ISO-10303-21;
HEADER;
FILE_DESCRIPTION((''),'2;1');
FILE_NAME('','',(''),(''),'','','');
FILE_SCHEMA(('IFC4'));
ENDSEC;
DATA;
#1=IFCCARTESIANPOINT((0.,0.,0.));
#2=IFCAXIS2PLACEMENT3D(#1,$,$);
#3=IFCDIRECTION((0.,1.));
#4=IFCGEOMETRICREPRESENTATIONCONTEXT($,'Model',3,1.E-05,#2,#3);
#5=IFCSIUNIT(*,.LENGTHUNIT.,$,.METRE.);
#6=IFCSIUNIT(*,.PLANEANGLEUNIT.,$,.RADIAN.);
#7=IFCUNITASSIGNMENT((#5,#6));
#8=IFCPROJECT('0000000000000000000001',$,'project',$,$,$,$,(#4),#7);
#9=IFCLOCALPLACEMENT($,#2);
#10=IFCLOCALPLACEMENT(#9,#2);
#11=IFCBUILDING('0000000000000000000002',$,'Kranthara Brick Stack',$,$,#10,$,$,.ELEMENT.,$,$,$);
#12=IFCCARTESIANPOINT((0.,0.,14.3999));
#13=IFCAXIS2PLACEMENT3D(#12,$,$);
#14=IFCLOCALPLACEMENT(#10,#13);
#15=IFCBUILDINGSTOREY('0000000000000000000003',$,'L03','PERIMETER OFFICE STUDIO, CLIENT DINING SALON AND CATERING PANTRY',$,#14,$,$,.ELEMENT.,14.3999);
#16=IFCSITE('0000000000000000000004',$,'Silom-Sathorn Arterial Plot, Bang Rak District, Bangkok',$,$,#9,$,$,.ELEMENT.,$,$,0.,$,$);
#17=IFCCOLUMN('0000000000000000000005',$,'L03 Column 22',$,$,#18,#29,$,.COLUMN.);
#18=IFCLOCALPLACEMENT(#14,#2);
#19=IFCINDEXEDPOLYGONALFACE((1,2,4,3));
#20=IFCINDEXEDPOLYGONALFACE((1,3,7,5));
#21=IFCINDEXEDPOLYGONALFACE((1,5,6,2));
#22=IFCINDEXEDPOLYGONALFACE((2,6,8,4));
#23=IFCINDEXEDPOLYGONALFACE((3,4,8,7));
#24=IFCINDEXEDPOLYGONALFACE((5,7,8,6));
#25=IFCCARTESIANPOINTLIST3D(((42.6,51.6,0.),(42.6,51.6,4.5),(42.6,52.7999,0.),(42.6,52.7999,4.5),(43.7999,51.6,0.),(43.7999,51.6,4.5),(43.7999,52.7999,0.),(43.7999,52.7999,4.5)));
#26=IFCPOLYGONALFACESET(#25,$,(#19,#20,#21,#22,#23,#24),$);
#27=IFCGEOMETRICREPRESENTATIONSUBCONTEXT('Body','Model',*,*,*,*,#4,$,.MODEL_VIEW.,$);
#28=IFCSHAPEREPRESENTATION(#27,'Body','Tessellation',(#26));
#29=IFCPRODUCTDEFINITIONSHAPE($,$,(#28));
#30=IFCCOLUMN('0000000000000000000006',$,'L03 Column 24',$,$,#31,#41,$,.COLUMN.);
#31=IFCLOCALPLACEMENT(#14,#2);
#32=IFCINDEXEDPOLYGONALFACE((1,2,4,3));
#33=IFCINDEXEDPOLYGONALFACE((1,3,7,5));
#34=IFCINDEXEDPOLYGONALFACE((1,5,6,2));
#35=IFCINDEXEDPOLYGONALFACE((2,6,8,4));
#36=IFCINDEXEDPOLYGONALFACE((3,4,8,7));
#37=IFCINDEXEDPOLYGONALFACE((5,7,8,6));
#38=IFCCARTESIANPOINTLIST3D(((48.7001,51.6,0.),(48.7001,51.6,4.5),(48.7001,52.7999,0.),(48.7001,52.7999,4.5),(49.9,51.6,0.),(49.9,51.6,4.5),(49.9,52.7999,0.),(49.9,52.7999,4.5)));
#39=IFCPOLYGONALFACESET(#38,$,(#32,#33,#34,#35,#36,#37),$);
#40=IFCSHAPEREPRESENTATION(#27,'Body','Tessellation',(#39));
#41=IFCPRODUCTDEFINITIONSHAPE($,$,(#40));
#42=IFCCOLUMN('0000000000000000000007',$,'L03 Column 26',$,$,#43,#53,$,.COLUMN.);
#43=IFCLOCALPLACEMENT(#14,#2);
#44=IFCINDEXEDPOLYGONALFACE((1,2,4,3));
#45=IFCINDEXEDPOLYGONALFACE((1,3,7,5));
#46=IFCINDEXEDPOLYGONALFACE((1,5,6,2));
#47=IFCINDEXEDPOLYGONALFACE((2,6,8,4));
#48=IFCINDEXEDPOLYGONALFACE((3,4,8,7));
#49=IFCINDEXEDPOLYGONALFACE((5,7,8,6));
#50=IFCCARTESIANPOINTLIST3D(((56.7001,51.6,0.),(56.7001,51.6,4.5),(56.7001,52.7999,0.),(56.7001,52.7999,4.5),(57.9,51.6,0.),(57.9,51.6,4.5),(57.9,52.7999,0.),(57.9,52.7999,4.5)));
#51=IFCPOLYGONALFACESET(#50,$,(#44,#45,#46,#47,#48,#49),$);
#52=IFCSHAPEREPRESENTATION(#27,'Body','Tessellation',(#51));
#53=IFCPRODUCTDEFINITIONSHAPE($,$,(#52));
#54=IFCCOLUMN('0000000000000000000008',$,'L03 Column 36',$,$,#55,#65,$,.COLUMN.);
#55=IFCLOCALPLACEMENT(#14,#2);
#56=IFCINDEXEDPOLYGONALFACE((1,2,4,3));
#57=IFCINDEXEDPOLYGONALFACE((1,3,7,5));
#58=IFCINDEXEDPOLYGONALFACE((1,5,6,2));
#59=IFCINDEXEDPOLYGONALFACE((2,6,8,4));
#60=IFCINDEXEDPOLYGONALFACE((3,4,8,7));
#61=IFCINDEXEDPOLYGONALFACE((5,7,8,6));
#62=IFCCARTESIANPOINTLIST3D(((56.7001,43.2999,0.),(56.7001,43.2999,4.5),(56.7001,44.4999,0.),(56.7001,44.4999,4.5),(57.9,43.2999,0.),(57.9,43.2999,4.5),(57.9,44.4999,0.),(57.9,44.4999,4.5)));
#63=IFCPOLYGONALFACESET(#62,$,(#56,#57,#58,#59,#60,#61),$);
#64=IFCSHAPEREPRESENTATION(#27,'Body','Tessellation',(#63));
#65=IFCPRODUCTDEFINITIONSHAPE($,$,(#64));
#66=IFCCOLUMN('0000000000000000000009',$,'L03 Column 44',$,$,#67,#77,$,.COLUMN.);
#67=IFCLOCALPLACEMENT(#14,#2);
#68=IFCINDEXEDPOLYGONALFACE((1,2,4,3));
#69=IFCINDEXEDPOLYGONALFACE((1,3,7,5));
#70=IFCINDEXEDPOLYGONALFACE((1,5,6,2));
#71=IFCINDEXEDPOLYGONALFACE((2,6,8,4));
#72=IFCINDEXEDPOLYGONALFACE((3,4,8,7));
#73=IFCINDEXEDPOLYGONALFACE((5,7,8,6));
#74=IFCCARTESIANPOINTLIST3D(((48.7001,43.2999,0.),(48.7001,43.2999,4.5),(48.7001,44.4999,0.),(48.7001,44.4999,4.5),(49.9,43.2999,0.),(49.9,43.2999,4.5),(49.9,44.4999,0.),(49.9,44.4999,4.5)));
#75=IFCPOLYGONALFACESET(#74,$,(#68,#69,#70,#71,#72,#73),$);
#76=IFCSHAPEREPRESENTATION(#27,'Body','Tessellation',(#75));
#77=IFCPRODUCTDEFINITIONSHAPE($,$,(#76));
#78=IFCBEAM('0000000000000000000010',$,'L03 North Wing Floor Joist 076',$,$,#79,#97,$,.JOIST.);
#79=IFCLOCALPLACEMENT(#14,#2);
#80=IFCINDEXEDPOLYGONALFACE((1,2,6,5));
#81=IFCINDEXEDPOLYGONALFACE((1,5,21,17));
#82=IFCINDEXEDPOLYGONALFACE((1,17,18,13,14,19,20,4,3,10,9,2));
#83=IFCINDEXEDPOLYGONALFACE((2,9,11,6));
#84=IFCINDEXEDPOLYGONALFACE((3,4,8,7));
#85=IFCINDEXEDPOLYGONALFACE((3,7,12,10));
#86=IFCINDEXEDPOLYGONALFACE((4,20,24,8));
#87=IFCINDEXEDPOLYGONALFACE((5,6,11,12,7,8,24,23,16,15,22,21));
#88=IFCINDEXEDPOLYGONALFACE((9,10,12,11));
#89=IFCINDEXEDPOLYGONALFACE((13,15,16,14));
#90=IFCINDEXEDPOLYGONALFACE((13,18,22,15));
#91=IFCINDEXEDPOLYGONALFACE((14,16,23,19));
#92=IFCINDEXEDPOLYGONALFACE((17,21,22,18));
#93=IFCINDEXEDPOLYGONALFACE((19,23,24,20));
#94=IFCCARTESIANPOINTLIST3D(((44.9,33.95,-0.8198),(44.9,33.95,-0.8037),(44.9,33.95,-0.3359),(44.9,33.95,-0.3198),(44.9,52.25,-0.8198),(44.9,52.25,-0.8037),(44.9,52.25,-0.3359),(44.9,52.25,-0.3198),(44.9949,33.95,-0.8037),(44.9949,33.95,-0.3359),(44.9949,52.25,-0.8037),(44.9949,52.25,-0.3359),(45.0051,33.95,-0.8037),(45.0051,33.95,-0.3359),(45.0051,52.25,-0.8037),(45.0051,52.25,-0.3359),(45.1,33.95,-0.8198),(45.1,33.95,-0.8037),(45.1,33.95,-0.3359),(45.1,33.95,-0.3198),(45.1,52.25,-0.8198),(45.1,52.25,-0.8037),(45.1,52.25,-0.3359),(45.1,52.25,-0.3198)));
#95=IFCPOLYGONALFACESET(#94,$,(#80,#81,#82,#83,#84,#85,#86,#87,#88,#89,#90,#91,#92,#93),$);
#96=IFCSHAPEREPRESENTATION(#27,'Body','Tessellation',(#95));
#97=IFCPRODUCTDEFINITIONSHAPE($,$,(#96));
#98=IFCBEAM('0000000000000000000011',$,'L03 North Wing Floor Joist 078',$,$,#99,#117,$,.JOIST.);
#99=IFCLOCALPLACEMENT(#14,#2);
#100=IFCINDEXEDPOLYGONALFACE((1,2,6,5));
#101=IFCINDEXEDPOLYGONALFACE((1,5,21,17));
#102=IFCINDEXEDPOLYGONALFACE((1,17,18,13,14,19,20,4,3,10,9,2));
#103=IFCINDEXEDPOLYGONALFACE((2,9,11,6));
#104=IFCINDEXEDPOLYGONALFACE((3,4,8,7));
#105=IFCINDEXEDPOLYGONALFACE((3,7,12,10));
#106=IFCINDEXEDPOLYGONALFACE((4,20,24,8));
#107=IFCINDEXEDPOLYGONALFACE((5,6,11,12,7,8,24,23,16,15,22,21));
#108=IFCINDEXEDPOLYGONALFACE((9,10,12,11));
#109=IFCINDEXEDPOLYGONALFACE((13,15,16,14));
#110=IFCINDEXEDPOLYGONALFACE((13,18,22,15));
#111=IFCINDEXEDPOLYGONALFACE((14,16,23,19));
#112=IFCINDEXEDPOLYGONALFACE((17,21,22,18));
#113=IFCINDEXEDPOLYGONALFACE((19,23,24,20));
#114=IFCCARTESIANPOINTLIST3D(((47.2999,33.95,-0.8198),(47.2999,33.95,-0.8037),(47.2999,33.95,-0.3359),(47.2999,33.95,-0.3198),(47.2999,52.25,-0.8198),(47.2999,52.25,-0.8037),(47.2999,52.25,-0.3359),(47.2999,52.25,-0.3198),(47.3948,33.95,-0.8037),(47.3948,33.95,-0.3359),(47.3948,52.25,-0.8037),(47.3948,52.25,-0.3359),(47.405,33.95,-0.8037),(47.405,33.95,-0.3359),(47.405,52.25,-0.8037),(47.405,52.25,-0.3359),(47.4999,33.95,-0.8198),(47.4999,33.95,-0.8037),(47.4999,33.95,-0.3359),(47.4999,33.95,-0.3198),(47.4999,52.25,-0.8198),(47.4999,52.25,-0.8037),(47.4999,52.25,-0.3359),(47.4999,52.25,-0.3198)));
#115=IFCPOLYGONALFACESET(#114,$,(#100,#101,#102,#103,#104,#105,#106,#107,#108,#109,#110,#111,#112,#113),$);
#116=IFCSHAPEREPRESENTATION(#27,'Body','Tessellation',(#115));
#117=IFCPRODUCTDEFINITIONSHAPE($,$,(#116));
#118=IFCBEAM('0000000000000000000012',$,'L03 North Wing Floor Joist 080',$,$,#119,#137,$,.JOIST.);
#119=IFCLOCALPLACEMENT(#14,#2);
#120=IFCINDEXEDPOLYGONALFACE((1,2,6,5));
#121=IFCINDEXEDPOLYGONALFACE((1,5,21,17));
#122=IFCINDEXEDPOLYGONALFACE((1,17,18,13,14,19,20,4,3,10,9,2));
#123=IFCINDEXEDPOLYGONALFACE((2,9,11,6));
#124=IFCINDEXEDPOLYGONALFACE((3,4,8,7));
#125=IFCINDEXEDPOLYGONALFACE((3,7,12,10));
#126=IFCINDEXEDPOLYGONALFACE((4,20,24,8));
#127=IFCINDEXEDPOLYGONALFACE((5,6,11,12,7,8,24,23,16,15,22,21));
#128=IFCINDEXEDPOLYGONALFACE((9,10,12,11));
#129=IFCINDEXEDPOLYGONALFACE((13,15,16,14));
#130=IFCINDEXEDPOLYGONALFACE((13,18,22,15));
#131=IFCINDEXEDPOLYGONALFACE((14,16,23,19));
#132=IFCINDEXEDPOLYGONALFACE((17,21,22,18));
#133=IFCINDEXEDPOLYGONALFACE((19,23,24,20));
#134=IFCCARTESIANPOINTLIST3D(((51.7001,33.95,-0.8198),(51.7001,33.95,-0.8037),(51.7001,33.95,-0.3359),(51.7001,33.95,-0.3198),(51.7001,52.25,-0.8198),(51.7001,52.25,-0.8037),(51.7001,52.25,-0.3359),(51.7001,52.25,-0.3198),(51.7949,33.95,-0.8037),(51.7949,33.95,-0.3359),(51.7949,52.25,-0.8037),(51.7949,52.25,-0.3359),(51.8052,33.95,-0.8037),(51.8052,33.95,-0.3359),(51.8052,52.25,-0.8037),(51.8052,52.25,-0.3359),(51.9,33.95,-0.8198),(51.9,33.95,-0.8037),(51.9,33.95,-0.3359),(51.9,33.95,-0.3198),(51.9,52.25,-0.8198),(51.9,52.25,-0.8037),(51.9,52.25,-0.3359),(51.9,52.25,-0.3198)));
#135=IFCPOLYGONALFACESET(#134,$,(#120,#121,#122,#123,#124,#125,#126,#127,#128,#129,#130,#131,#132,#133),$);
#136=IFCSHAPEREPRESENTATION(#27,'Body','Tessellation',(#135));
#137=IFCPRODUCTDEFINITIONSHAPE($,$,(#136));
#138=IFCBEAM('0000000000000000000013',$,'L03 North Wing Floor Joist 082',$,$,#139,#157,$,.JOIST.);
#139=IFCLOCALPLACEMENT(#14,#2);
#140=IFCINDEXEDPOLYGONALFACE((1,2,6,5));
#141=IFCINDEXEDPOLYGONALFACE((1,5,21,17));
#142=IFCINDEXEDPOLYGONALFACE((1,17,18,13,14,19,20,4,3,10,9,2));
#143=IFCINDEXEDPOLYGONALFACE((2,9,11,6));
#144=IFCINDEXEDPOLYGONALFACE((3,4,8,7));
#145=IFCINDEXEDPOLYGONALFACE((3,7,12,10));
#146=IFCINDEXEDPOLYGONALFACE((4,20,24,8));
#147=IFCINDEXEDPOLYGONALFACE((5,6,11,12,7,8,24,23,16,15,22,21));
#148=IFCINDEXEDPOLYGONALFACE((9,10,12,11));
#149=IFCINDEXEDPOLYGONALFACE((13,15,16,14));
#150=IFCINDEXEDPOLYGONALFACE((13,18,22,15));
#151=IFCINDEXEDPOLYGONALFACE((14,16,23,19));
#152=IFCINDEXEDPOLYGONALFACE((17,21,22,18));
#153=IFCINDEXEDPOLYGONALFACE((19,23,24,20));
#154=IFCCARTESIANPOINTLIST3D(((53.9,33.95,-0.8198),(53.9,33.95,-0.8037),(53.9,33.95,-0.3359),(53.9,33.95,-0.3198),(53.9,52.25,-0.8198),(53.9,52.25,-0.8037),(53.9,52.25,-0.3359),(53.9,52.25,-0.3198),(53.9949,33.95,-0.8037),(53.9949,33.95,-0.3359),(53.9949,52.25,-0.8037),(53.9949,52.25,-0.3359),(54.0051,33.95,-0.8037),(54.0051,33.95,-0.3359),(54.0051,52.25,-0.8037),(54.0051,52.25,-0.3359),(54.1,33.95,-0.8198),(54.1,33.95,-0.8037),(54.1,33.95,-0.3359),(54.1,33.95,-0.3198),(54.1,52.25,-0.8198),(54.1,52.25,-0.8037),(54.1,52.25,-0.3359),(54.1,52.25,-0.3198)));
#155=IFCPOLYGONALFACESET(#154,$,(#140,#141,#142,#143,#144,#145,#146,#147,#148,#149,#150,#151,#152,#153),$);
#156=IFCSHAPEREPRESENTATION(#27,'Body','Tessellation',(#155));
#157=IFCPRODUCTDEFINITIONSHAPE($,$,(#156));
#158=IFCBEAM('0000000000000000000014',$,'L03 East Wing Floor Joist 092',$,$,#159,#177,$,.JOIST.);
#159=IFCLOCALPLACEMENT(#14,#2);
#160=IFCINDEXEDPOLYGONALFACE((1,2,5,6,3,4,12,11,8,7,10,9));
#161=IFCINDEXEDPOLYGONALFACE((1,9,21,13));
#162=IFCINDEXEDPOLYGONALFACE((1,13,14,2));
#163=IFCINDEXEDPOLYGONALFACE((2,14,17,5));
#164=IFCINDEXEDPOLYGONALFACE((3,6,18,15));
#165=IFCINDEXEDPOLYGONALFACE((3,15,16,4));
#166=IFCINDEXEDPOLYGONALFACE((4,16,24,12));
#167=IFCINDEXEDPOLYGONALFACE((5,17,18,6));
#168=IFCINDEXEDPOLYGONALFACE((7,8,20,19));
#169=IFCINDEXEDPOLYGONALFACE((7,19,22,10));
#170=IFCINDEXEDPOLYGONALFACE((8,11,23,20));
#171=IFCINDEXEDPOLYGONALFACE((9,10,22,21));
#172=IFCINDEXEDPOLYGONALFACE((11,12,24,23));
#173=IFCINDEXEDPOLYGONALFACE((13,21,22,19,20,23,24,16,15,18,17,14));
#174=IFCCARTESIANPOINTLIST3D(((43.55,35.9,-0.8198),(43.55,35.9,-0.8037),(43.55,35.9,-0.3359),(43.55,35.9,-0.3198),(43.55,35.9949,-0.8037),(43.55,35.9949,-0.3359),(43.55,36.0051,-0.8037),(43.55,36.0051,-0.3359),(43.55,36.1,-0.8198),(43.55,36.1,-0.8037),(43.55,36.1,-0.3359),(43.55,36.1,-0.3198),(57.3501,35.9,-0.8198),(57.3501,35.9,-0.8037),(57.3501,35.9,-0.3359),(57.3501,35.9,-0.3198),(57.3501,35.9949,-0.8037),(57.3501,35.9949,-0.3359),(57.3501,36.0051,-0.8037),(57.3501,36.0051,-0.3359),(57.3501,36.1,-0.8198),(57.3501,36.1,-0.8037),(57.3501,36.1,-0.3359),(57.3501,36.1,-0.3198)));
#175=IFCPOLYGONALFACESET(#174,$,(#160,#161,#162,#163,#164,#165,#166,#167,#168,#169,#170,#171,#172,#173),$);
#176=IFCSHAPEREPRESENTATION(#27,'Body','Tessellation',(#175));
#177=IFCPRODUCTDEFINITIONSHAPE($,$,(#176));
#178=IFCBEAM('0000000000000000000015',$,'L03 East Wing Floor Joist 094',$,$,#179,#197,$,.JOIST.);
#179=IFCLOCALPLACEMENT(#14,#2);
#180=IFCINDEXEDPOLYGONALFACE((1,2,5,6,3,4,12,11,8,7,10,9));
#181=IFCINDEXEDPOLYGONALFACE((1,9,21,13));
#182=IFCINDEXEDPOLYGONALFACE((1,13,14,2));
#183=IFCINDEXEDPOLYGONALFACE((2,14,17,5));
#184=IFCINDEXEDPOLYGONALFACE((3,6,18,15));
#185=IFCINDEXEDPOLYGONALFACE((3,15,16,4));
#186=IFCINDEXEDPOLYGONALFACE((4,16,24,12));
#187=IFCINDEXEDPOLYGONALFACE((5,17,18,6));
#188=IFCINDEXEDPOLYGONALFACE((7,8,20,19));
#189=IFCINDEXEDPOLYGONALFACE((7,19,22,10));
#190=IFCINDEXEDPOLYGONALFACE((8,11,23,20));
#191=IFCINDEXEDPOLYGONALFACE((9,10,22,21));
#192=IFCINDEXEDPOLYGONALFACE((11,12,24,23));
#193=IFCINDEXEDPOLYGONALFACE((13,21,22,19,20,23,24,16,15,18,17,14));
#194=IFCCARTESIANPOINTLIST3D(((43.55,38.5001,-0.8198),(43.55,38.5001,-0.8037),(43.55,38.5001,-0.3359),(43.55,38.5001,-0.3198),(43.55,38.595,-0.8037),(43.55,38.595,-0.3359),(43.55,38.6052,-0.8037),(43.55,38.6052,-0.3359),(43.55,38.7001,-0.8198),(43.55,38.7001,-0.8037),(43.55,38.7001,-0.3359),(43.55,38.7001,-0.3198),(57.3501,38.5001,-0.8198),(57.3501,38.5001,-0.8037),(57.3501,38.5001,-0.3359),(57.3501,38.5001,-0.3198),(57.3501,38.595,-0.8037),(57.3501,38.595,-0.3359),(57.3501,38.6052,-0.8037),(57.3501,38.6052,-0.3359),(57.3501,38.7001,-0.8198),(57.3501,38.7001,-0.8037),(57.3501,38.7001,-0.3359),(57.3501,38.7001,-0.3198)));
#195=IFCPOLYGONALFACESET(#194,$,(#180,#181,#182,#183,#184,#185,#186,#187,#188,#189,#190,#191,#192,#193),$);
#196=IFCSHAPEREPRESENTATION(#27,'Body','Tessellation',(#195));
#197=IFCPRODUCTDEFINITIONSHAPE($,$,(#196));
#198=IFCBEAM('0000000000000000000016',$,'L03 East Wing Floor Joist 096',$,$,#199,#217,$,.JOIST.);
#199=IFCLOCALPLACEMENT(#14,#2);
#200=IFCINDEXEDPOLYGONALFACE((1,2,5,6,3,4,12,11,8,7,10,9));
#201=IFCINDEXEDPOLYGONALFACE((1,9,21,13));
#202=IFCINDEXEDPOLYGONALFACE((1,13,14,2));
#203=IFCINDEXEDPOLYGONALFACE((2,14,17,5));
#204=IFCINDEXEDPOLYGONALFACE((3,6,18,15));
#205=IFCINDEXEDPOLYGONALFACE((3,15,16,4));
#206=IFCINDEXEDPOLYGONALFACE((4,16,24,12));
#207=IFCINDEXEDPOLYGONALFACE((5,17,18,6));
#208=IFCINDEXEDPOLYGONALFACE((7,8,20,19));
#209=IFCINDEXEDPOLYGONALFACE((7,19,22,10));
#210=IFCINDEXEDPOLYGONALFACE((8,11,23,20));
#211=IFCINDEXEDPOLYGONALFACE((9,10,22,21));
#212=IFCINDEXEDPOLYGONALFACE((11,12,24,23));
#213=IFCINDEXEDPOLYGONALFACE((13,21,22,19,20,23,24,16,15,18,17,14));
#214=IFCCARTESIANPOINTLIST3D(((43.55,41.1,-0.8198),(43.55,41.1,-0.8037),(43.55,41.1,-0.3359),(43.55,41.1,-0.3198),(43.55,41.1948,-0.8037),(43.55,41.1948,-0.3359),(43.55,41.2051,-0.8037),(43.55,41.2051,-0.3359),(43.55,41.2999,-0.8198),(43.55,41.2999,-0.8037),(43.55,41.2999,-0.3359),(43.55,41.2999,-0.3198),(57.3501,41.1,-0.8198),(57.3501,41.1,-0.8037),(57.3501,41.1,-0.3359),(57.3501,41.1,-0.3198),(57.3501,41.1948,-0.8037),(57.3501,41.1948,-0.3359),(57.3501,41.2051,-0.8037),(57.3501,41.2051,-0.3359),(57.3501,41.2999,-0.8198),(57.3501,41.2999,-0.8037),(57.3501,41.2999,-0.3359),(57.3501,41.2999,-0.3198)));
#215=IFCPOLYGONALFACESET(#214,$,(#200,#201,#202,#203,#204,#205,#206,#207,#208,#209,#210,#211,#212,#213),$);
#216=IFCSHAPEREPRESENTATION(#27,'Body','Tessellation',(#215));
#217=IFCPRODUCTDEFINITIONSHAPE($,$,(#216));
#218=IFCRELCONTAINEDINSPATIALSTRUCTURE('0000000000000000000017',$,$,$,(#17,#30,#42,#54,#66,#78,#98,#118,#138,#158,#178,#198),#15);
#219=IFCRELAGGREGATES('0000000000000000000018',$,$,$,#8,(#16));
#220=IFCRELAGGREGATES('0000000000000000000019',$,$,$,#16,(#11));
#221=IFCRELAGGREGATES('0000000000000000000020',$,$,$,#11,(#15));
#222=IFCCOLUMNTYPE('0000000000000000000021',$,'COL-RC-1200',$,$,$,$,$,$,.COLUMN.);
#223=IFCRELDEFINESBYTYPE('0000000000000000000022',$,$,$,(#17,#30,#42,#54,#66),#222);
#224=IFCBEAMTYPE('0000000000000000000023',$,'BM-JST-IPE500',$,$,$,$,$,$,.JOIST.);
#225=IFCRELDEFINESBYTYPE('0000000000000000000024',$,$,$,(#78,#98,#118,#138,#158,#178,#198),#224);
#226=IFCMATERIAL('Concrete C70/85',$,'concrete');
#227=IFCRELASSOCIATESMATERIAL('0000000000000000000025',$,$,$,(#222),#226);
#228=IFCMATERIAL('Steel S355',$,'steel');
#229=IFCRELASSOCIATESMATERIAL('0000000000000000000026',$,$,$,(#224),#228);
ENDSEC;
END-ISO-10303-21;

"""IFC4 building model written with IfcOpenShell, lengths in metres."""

from ifc_helpers import new_model, si_unit, direction, frame, origin, origin_2d, place, context, subcontext, project, spatial, rectangle, i_section, extrude, material, material_profile, profile_set, type_object, element, save


model = new_model("IFC4")

# Units and contexts
model_context = context("Model", 3, precision=1e-05, world=origin(), true_north=direction((0.0, 1.0)))
body_context = subcontext(model_context, "Body", "Model", "MODEL_VIEW")
ifc_project = project(units=[si_unit("LENGTHUNIT", "METRE"), si_unit("PLANEANGLEUNIT", "RADIAN")], contexts=[model_context])

# Site, building, storey
site_placement = place(None, origin())
site = spatial("IfcSite", under=ifc_project, at=site_placement, Name="Silom-Sathorn Arterial Plot, Bang Rak District, Bangkok", CompositionType="ELEMENT", RefElevation=0.0)
building_placement = place(site_placement, origin())
building = spatial("IfcBuilding", under=site, at=building_placement, Name="Kranthara Brick Stack", CompositionType="ELEMENT")
storey_placement = place(building_placement, frame((0.0, 0.0, 14.3999)))
storey = spatial("IfcBuildingStorey", under=building, at=storey_placement, Name="L03", Description="PERIMETER OFFICE STUDIO, CLIENT DINING SALON AND CATERING PANTRY", CompositionType="ELEMENT", Elevation=14.3999)

# Columns
ifc_material_1 = material(Name="Concrete C70/85", Category="concrete")
ifc_material_profile_1 = material_profile(ifc_material_1, rectangle(XDim=1.2, YDim=1.2, at=origin_2d()), Name="RC 1200x1200")
ifc_profile_set_1 = profile_set([ifc_material_profile_1], Name="Concrete C70/85")
column_type = type_object("IfcColumnType", Name="COL-RC-1200", PredefinedType="COLUMN", material=ifc_profile_set_1)
for number, where, z_axis, x_axis, name in (
    (1, (43.2, 52.2, 0.0), (0.0, 0.0, 1.0), (1.0, 0.0, 0.0), "L03 Column 22"),
    (2, (49.3, 52.2, 0.0), (0.0, 0.0, 1.0), (1.0, 0.0, 0.0), "L03 Column 24"),
    (3, (57.3, 52.2, 0.0), (0.0, 0.0, 1.0), (1.0, 0.0, 0.0), "L03 Column 26"),
    (4, (57.3, 43.8999, 0.0), (0.0, 0.0, 1.0), (1.0, 0.0, 0.0), "L03 Column 36"),
    (5, (49.3, 43.8999, 0.0), (0.0, 0.0, 1.0), (1.0, 0.0, 0.0), "L03 Column 44"),
):
    element("IfcColumn", number, at=place(storey_placement, frame(where, z_axis=z_axis, x_axis=x_axis)), inside=storey, type_object=column_type, Name=name, PredefinedType="COLUMN", context=body_context, shape_type="SweptSolid", body=[
        extrude(rectangle(XDim=1.2, YDim=1.2, at=origin_2d()), origin(), (0.0, 0.0, 1.0), 4.5),
    ])

# Beams
ifc_material_2 = material(Name="Steel S355", Category="steel")
ifc_material_profile_2 = material_profile(ifc_material_2, i_section(OverallWidth=0.2, OverallDepth=0.5, WebThickness=0.0103, FlangeThickness=0.0161, at=origin_2d()), Name="IPE 500")
ifc_profile_set_2 = profile_set([ifc_material_profile_2], Name="Steel S355")
beam_type_1 = type_object("IfcBeamType", Name="BM-JST-IPE500", PredefinedType="JOIST", material=ifc_profile_set_2)
for number, where, z_axis, x_axis, name in (
    (6, (45.0, 33.95, -0.5698), (0.0, 1.0, 0.0), (-1.0, 0.0, 0.0), "L03 North Wing Floor Joist 076"),
    (7, (47.3999, 33.95, -0.5698), (0.0, 1.0, 0.0), (-1.0, 0.0, 0.0), "L03 North Wing Floor Joist 078"),
    (8, (51.8, 33.95, -0.5698), (0.0, 1.0, 0.0), (-1.0, 0.0, 0.0), "L03 North Wing Floor Joist 080"),
    (9, (54.0, 33.95, -0.5698), (0.0, 1.0, 0.0), (-1.0, 0.0, 0.0), "L03 North Wing Floor Joist 082"),
):
    element("IfcBeam", number, at=place(storey_placement, frame(where, z_axis=z_axis, x_axis=x_axis)), inside=storey, type_object=beam_type_1, Name=name, PredefinedType="JOIST", context=body_context, shape_type="SweptSolid", body=[
        extrude(i_section(OverallWidth=0.2, OverallDepth=0.5, WebThickness=0.0103, FlangeThickness=0.0161, at=origin_2d()), origin(), (0.0, 0.0, 1.0), 18.3),
    ])
for number, where, z_axis, x_axis, name in (
    (10, (43.55, 36.0, -0.5698), (1.0, 0.0, 0.0), (0.0, 1.0, 0.0), "L03 East Wing Floor Joist 092"),
    (11, (43.55, 38.6001, -0.5698), (1.0, 0.0, 0.0), (0.0, 1.0, 0.0), "L03 East Wing Floor Joist 094"),
    (12, (43.55, 41.2, -0.5698), (1.0, 0.0, 0.0), (0.0, 1.0, 0.0), "L03 East Wing Floor Joist 096"),
):
    element("IfcBeam", number, at=place(storey_placement, frame(where, z_axis=z_axis, x_axis=x_axis)), inside=storey, type_object=beam_type_1, Name=name, PredefinedType="JOIST", context=body_context, shape_type="SweptSolid", body=[
        extrude(i_section(OverallWidth=0.2, OverallDepth=0.5, WebThickness=0.0103, FlangeThickness=0.0161, at=origin_2d()), origin(), (0.0, 0.0, 1.0), 13.8),
    ])

save(model, "model.ifc")
